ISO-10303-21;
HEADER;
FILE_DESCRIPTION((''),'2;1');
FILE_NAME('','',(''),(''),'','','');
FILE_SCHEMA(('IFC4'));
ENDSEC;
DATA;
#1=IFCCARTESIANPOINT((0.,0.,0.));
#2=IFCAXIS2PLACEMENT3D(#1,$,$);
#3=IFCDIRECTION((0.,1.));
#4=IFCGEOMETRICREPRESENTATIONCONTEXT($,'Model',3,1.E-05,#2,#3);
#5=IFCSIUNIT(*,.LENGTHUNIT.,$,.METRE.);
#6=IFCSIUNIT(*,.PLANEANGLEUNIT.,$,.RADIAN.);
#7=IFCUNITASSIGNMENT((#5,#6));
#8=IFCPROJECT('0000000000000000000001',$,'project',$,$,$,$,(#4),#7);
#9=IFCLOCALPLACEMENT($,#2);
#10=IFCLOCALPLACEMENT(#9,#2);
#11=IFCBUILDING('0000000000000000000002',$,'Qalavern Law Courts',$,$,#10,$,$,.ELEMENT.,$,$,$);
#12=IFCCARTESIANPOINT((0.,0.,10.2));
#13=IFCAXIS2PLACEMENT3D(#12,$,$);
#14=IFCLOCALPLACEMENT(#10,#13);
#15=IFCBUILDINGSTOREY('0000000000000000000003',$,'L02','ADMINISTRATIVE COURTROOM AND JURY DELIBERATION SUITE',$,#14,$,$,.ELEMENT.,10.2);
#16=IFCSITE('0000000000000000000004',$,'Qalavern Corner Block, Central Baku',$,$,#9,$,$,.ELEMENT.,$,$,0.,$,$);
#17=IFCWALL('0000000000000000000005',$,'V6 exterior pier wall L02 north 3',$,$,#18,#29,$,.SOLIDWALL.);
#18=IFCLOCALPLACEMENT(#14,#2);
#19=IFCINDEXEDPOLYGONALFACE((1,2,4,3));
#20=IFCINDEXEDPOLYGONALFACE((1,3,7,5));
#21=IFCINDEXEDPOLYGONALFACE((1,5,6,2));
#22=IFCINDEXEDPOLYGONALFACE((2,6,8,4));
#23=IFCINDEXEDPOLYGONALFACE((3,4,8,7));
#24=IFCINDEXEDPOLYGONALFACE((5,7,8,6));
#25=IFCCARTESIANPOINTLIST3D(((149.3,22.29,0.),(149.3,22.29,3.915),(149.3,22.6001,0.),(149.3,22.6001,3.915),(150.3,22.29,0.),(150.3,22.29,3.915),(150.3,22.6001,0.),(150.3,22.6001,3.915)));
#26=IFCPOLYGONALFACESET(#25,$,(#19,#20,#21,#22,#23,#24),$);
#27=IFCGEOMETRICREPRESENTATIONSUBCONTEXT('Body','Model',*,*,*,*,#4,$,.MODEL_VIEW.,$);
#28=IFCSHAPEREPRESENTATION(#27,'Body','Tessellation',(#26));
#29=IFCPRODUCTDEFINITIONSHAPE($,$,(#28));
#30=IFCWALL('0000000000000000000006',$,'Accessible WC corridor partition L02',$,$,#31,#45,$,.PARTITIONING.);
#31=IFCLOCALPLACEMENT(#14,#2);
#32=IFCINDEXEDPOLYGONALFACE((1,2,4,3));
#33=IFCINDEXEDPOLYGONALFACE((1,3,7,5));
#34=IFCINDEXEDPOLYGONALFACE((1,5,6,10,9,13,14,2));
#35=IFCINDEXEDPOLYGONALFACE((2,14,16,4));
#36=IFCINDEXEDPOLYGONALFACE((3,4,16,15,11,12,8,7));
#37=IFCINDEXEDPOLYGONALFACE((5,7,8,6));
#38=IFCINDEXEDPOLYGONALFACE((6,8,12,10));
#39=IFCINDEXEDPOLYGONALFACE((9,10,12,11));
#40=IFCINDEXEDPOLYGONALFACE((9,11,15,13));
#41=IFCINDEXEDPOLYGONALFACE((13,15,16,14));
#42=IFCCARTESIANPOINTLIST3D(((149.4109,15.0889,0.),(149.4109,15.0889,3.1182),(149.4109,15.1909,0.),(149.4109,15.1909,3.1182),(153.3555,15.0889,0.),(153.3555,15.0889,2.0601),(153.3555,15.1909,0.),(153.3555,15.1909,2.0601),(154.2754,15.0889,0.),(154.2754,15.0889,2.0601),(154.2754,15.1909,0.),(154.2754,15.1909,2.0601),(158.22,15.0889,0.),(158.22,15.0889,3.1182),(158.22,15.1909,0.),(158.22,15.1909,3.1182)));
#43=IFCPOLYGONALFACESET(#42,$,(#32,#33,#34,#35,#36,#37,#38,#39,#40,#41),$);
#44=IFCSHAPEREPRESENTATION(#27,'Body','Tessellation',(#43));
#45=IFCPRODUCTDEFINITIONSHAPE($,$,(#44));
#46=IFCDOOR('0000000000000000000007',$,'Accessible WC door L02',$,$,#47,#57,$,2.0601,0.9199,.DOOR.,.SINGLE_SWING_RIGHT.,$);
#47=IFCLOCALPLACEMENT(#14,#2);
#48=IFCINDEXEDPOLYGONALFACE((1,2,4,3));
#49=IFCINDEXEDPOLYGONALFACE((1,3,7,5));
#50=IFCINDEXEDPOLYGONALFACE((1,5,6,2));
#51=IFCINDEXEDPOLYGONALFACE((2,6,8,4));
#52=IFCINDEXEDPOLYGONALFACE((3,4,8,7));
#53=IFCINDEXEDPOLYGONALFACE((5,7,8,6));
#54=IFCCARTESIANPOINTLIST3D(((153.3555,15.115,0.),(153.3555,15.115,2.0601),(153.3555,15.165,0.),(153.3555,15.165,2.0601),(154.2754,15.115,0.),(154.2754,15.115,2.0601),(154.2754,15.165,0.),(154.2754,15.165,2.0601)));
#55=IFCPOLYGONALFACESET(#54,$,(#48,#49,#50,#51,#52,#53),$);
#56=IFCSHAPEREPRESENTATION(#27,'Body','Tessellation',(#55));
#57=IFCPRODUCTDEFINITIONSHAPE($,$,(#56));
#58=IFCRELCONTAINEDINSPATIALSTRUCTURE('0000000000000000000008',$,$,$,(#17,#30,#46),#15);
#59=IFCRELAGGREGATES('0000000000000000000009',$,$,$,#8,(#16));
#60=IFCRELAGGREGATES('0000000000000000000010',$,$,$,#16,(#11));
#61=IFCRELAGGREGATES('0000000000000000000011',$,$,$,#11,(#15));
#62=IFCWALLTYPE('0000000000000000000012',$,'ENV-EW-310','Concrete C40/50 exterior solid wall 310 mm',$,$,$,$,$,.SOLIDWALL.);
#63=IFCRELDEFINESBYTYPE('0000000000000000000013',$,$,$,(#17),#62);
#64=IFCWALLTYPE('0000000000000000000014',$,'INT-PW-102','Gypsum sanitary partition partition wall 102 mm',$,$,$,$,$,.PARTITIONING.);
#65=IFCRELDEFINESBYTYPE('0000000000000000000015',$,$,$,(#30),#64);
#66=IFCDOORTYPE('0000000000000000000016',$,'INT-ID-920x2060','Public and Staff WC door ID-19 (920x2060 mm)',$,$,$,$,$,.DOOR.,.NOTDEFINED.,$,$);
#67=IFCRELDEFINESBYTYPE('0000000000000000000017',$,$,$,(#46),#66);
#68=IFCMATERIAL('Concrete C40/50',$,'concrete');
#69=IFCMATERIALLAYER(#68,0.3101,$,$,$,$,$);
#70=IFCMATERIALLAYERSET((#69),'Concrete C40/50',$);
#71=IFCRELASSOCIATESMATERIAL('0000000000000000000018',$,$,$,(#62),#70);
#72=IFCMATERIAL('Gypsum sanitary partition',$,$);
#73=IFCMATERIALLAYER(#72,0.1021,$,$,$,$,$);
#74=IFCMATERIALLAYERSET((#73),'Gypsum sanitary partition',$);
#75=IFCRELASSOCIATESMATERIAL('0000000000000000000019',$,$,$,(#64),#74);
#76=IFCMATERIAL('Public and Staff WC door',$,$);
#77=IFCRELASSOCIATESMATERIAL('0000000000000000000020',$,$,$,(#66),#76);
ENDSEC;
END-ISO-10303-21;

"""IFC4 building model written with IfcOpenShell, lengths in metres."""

from ifc_helpers import new_model, si_unit, direction, frame, frame_2d, origin, place, context, subcontext, project, spatial, rectangle, extrude, material, layer, layer_set, type_object, element, fill, save


model = new_model("IFC4")

# Units and contexts
model_context = context("Model", 3, precision=1e-05, world=origin(), true_north=direction((0.0, 1.0)))
body_context = subcontext(model_context, "Body", "Model", "MODEL_VIEW")
ifc_project = project(units=[si_unit("LENGTHUNIT", "METRE"), si_unit("PLANEANGLEUNIT", "RADIAN")], contexts=[model_context])

# Site, building, storey
site_placement = place(None, origin())
site = spatial("IfcSite", under=ifc_project, at=site_placement, Name="Qalavern Corner Block, Central Baku", CompositionType="ELEMENT", RefElevation=0.0)
building_placement = place(site_placement, origin())
building = spatial("IfcBuilding", under=site, at=building_placement, Name="Qalavern Law Courts", CompositionType="ELEMENT")
storey_placement = place(building_placement, frame((0.0, 0.0, 10.2)))
storey = spatial("IfcBuildingStorey", under=building, at=storey_placement, Name="L02", Description="ADMINISTRATIVE COURTROOM AND JURY DELIBERATION SUITE", CompositionType="ELEMENT", Elevation=10.2)

# Shared definitions
ifc_material_1 = material(Name="Concrete C40/50", Category="concrete")

# Wall
ifc_layer_1 = layer(ifc_material_1, 0.3101)
ifc_layer_set_1 = layer_set([ifc_layer_1], Name="Concrete C40/50")
wall_type_1 = type_object("IfcWallType", Name="ENV-EW-310", Description="Concrete C40/50 exterior solid wall 310 mm", PredefinedType="SOLIDWALL", material=ifc_layer_set_1)
wall_1_placement = place(storey_placement, frame((150.3, 22.4451, 0.0), z_axis=(0.0, 0.0, 1.0), x_axis=(-1.0, 0.0, 0.0)))
element("IfcWall", 1, at=wall_1_placement, inside=storey, type_object=wall_type_1, Name="V6 exterior pier wall L02 north 3", PredefinedType="SOLIDWALL", context=body_context, shape_type="SweptSolid", body=[
    extrude(rectangle(XDim=1.0, YDim=0.3101, at=frame_2d((0.5, 0.0))), origin(), (0.0, 0.0, 1.0), 3.915),
])

# Wall, opening, door
ifc_material_2 = material(Name="Gypsum sanitary partition")
ifc_layer_2 = layer(ifc_material_2, 0.1021)
ifc_layer_set_2 = layer_set([ifc_layer_2], Name="Gypsum sanitary partition")
wall_type_2 = type_object("IfcWallType", Name="INT-PW-102", Description="Gypsum sanitary partition partition wall 102 mm", PredefinedType="PARTITIONING", material=ifc_layer_set_2)
wall_2_placement = place(storey_placement, frame((149.4109, 15.1399, 0.0), z_axis=(0.0, 0.0, 1.0), x_axis=(1.0, 0.0, 0.0)))
wall_2 = element("IfcWall", 2, at=wall_2_placement, inside=storey, type_object=wall_type_2, Name="Accessible WC corridor partition L02", PredefinedType="PARTITIONING", context=body_context, shape_type="SweptSolid", body=[
    extrude(rectangle(XDim=8.8091, YDim=0.1021, at=frame_2d((4.4045, 0.0))), origin(), (0.0, 0.0, 1.0), 3.1182),
])
opening_placement = place(wall_2_placement, frame((3.9446, 0.0, 0.0)))
opening = element("IfcOpeningElement", 3, at=opening_placement, cuts=wall_2, PredefinedType="OPENING", context=body_context, shape_type="SweptSolid", body=[
    extrude(rectangle(XDim=0.9199, YDim=2.0601, at=frame_2d((0.46, 1.03))), frame((0.0, 0.0659, 0.0), z_axis=(0.0, -1.0, 0.0), x_axis=(1.0, 0.0, 0.0)), (0.0, 0.0, 1.0), 0.1318),
])
ifc_material_3 = material(Name="Public and Staff WC door")
door_type = type_object("IfcDoorType", Name="INT-ID-920x2060", Description="Public and Staff WC door ID-19 (920x2060 mm)", OperationType="NOTDEFINED", PredefinedType="DOOR", material=ifc_material_3)
door_placement = place(opening_placement, frame((0.9199, 0.0, 0.0), z_axis=(0.0, 0.0, 1.0), x_axis=(-1.0, 0.0, 0.0)))
door = element("IfcDoor", 4, at=door_placement, inside=storey, type_object=door_type, Name="Accessible WC door L02", OperationType="SINGLE_SWING_RIGHT", OverallHeight=2.0601, OverallWidth=0.9199, PredefinedType="DOOR", context=body_context, shape_type="SweptSolid", body=[
    extrude(rectangle(XDim=0.9199, YDim=2.0601, at=frame_2d((0.46, 1.03))), frame((0.0, 0.0249, 0.0), z_axis=(0.0, -1.0, 0.0), x_axis=(1.0, 0.0, 0.0)), (0.0, 0.0, 1.0), 0.05),
])
fill(opening, door)

save(model, "model.ifc")
